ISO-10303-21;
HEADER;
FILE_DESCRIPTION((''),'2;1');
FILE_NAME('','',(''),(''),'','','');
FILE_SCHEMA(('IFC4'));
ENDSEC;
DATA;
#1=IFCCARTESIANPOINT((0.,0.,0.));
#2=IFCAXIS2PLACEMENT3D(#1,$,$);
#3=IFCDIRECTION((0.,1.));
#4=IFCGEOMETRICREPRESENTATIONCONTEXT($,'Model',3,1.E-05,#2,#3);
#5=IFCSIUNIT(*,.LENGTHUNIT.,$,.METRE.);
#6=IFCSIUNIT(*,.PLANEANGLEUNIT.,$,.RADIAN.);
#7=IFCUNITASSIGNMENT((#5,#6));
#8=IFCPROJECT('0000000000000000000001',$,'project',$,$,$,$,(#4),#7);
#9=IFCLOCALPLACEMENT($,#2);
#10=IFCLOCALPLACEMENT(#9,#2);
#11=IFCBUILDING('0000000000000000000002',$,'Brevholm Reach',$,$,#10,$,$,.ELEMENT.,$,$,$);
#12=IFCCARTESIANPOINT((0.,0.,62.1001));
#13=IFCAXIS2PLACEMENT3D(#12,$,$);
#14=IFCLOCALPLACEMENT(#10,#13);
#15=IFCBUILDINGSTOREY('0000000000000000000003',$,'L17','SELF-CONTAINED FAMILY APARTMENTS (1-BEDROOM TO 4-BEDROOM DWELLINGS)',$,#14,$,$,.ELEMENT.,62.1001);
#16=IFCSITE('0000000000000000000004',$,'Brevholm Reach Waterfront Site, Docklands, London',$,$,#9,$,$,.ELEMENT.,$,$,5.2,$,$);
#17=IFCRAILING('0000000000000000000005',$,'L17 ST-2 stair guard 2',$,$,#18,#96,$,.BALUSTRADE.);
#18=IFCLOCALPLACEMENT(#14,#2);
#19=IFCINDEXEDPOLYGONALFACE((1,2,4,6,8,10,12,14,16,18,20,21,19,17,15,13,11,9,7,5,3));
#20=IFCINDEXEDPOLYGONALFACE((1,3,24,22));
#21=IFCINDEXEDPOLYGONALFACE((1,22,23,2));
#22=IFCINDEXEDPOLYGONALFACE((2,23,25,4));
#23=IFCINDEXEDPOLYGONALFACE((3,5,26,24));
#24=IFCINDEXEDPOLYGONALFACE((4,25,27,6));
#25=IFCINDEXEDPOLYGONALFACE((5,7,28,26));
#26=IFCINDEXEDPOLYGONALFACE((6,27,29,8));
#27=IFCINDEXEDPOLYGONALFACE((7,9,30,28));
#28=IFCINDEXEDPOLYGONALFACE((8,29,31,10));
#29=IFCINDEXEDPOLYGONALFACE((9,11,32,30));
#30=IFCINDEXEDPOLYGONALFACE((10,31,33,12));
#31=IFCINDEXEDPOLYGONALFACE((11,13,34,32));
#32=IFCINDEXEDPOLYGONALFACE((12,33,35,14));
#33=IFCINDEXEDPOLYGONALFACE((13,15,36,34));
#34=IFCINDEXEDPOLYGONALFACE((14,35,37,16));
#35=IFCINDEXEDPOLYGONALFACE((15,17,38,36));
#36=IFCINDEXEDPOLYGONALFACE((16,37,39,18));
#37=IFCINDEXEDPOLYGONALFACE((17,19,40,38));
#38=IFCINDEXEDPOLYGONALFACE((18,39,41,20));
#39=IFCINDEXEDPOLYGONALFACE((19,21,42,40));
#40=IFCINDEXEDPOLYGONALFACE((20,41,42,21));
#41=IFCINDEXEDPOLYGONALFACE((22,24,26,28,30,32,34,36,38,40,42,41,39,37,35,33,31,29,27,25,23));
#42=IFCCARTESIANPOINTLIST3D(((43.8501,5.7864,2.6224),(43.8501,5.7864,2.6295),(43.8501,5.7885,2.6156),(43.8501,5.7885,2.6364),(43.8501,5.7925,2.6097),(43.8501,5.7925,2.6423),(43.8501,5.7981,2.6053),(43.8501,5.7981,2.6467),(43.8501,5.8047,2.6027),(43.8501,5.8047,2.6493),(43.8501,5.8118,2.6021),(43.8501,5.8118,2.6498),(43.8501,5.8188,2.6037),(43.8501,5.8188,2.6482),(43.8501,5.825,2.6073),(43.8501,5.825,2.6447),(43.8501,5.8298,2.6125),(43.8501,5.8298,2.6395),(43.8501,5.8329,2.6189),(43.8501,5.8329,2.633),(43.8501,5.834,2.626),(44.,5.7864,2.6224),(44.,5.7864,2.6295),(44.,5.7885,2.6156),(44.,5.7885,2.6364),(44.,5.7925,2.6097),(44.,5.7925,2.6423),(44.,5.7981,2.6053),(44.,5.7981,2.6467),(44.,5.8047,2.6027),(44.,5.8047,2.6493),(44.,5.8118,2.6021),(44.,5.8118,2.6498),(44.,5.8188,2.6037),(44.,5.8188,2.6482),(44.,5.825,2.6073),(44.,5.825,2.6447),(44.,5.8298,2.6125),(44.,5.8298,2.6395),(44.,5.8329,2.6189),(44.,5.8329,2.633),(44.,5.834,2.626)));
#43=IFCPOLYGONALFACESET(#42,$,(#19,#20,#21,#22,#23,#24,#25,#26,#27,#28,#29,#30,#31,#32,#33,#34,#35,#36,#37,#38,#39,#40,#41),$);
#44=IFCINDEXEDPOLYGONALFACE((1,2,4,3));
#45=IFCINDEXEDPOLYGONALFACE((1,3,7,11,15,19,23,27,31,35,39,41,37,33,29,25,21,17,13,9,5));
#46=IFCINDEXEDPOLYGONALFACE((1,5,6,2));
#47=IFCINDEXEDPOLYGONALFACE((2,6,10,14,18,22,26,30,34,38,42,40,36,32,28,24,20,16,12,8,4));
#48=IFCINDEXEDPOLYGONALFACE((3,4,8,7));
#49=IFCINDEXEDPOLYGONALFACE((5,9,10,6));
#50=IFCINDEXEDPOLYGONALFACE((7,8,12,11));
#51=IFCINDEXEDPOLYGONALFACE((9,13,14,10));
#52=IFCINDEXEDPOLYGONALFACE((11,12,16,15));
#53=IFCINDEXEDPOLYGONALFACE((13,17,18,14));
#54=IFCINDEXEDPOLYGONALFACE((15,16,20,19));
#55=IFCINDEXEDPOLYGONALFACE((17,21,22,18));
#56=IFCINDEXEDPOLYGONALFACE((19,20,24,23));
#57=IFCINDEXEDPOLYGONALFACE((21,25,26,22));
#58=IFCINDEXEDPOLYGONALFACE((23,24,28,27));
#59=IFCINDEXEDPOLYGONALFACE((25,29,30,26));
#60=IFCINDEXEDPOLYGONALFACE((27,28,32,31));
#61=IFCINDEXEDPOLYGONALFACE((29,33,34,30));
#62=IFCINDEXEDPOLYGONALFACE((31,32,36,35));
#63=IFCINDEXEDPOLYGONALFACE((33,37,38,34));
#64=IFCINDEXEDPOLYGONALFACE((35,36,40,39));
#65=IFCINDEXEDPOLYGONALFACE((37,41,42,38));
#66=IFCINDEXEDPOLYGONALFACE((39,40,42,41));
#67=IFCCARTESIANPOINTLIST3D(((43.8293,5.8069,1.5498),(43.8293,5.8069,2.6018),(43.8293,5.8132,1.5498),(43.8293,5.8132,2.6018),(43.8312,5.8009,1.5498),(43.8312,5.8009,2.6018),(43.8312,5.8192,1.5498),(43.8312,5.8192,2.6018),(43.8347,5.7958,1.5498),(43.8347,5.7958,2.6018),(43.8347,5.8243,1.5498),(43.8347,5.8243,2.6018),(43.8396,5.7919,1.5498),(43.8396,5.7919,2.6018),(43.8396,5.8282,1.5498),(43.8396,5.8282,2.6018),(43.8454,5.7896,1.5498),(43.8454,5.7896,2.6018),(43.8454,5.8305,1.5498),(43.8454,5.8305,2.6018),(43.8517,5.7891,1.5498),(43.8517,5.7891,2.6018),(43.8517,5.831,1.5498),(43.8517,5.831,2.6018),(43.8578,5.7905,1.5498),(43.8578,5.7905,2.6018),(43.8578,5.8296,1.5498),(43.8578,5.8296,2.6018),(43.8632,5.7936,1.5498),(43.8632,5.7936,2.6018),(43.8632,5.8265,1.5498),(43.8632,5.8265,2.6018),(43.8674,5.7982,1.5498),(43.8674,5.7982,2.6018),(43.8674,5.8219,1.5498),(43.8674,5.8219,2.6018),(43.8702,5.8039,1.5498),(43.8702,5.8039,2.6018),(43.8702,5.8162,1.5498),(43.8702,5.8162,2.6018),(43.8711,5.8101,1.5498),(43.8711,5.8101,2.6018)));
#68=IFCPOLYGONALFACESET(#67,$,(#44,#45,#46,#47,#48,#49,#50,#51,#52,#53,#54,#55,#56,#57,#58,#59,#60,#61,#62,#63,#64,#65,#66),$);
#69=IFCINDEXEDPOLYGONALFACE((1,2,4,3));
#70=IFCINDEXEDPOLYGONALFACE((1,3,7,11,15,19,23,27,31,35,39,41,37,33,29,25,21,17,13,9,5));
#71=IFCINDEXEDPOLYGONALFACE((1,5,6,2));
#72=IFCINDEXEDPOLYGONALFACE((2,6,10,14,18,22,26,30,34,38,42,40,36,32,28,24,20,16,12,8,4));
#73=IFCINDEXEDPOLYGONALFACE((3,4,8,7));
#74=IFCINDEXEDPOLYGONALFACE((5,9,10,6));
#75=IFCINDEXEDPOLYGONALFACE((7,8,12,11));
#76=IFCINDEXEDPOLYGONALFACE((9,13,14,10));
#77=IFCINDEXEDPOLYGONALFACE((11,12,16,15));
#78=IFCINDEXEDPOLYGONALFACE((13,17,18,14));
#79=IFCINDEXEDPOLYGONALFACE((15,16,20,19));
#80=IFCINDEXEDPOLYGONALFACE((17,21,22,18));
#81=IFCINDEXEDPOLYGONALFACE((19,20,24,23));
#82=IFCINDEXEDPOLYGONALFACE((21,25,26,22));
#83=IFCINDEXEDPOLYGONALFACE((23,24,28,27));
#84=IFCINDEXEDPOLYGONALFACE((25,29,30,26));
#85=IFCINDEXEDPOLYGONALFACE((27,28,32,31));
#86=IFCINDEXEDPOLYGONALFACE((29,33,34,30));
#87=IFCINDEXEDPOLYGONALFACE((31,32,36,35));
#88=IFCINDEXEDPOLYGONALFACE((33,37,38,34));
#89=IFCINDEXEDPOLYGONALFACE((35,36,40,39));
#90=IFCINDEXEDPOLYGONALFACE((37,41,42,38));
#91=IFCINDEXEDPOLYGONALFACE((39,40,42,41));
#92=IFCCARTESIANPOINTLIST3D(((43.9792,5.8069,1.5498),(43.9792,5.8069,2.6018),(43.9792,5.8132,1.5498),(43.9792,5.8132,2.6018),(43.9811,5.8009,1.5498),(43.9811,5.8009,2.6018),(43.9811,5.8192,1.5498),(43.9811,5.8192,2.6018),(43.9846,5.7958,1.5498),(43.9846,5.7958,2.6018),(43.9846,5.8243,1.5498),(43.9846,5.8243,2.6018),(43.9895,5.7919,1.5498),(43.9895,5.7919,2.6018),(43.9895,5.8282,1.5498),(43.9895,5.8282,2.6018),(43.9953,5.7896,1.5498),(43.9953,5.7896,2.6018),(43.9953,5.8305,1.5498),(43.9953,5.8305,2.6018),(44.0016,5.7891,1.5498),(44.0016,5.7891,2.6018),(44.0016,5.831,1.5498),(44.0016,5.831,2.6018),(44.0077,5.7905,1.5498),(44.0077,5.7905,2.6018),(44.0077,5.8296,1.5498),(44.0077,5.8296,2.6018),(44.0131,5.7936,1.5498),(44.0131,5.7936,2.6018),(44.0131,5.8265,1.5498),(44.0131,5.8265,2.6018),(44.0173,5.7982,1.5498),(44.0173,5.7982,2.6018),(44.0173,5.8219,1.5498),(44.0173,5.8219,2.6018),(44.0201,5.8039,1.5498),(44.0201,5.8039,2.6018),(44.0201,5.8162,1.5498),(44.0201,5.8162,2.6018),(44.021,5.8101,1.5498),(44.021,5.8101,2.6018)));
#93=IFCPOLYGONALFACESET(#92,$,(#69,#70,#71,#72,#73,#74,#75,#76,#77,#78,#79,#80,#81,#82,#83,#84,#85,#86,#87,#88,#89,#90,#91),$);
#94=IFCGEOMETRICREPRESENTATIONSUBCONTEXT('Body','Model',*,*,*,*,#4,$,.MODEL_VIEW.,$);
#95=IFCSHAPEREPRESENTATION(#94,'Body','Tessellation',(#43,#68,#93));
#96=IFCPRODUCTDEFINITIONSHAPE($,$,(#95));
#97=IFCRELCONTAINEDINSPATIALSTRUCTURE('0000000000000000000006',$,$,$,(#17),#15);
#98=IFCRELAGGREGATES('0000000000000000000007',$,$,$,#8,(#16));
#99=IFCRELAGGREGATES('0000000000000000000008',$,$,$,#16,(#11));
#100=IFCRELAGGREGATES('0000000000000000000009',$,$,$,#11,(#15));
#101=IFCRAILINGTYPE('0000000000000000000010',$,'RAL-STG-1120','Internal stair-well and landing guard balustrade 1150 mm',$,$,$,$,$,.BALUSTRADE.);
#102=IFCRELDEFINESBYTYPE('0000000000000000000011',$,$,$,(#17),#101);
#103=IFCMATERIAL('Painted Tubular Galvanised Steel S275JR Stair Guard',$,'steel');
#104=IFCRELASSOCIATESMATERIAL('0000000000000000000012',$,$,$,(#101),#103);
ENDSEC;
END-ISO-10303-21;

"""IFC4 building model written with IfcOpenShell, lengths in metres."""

from ifc_helpers import new_model, si_unit, direction, frame, origin, origin_2d, place, context, subcontext, project, spatial, circle, extrude, material, type_object, element, save


model = new_model("IFC4")

# Units and contexts
model_context = context("Model", 3, precision=1e-05, world=origin(), true_north=direction((0.0, 1.0)))
body_context = subcontext(model_context, "Body", "Model", "MODEL_VIEW")
ifc_project = project(units=[si_unit("LENGTHUNIT", "METRE"), si_unit("PLANEANGLEUNIT", "RADIAN")], contexts=[model_context])

# Site, building, storey
site_placement = place(None, origin())
site = spatial("IfcSite", under=ifc_project, at=site_placement, Name="Brevholm Reach Waterfront Site, Docklands, London", CompositionType="ELEMENT", RefElevation=5.2)
building_placement = place(site_placement, origin())
building = spatial("IfcBuilding", under=site, at=building_placement, Name="Brevholm Reach", CompositionType="ELEMENT")
storey_placement = place(building_placement, frame((0.0, 0.0, 62.1001)))
storey = spatial("IfcBuildingStorey", under=building, at=storey_placement, Name="L17", Description="SELF-CONTAINED FAMILY APARTMENTS (1-BEDROOM TO 4-BEDROOM DWELLINGS)", CompositionType="ELEMENT", Elevation=62.1001)

# Railing
ifc_material_1 = material(Name="Painted Tubular Galvanised Steel S275JR Stair Guard", Category="steel")
railing_type_1 = type_object("IfcRailingType", Name="RAL-STG-1120", Description="Internal stair-well and landing guard balustrade 1150 mm", PredefinedType="BALUSTRADE", material=ifc_material_1)
railing_1_placement = place(storey_placement, frame((43.8501, 5.8101, 1.5498)))
element("IfcRailing", 1, at=railing_1_placement, inside=storey, type_object=railing_type_1, Name="L17 ST-2 stair guard 2", PredefinedType="BALUSTRADE", context=body_context, shape_type="SweptSolid", body=[
    extrude(circle(Radius=0.0239, at=origin_2d()), frame((0.0, 0.0, 1.0762), z_axis=(1.0, 0.0, 0.0), x_axis=(0.0, 1.0, 0.0)), (0.0, 0.0, 1.0), 0.1499),
    extrude(circle(Radius=0.021, at=origin_2d()), origin(), (0.0, 0.0, 1.0), 1.052),
    extrude(circle(Radius=0.021, at=origin_2d()), frame((0.1499, 0.0, 0.0)), (0.0, 0.0, 1.0), 1.052),
])

save(model, "model.ifc")
